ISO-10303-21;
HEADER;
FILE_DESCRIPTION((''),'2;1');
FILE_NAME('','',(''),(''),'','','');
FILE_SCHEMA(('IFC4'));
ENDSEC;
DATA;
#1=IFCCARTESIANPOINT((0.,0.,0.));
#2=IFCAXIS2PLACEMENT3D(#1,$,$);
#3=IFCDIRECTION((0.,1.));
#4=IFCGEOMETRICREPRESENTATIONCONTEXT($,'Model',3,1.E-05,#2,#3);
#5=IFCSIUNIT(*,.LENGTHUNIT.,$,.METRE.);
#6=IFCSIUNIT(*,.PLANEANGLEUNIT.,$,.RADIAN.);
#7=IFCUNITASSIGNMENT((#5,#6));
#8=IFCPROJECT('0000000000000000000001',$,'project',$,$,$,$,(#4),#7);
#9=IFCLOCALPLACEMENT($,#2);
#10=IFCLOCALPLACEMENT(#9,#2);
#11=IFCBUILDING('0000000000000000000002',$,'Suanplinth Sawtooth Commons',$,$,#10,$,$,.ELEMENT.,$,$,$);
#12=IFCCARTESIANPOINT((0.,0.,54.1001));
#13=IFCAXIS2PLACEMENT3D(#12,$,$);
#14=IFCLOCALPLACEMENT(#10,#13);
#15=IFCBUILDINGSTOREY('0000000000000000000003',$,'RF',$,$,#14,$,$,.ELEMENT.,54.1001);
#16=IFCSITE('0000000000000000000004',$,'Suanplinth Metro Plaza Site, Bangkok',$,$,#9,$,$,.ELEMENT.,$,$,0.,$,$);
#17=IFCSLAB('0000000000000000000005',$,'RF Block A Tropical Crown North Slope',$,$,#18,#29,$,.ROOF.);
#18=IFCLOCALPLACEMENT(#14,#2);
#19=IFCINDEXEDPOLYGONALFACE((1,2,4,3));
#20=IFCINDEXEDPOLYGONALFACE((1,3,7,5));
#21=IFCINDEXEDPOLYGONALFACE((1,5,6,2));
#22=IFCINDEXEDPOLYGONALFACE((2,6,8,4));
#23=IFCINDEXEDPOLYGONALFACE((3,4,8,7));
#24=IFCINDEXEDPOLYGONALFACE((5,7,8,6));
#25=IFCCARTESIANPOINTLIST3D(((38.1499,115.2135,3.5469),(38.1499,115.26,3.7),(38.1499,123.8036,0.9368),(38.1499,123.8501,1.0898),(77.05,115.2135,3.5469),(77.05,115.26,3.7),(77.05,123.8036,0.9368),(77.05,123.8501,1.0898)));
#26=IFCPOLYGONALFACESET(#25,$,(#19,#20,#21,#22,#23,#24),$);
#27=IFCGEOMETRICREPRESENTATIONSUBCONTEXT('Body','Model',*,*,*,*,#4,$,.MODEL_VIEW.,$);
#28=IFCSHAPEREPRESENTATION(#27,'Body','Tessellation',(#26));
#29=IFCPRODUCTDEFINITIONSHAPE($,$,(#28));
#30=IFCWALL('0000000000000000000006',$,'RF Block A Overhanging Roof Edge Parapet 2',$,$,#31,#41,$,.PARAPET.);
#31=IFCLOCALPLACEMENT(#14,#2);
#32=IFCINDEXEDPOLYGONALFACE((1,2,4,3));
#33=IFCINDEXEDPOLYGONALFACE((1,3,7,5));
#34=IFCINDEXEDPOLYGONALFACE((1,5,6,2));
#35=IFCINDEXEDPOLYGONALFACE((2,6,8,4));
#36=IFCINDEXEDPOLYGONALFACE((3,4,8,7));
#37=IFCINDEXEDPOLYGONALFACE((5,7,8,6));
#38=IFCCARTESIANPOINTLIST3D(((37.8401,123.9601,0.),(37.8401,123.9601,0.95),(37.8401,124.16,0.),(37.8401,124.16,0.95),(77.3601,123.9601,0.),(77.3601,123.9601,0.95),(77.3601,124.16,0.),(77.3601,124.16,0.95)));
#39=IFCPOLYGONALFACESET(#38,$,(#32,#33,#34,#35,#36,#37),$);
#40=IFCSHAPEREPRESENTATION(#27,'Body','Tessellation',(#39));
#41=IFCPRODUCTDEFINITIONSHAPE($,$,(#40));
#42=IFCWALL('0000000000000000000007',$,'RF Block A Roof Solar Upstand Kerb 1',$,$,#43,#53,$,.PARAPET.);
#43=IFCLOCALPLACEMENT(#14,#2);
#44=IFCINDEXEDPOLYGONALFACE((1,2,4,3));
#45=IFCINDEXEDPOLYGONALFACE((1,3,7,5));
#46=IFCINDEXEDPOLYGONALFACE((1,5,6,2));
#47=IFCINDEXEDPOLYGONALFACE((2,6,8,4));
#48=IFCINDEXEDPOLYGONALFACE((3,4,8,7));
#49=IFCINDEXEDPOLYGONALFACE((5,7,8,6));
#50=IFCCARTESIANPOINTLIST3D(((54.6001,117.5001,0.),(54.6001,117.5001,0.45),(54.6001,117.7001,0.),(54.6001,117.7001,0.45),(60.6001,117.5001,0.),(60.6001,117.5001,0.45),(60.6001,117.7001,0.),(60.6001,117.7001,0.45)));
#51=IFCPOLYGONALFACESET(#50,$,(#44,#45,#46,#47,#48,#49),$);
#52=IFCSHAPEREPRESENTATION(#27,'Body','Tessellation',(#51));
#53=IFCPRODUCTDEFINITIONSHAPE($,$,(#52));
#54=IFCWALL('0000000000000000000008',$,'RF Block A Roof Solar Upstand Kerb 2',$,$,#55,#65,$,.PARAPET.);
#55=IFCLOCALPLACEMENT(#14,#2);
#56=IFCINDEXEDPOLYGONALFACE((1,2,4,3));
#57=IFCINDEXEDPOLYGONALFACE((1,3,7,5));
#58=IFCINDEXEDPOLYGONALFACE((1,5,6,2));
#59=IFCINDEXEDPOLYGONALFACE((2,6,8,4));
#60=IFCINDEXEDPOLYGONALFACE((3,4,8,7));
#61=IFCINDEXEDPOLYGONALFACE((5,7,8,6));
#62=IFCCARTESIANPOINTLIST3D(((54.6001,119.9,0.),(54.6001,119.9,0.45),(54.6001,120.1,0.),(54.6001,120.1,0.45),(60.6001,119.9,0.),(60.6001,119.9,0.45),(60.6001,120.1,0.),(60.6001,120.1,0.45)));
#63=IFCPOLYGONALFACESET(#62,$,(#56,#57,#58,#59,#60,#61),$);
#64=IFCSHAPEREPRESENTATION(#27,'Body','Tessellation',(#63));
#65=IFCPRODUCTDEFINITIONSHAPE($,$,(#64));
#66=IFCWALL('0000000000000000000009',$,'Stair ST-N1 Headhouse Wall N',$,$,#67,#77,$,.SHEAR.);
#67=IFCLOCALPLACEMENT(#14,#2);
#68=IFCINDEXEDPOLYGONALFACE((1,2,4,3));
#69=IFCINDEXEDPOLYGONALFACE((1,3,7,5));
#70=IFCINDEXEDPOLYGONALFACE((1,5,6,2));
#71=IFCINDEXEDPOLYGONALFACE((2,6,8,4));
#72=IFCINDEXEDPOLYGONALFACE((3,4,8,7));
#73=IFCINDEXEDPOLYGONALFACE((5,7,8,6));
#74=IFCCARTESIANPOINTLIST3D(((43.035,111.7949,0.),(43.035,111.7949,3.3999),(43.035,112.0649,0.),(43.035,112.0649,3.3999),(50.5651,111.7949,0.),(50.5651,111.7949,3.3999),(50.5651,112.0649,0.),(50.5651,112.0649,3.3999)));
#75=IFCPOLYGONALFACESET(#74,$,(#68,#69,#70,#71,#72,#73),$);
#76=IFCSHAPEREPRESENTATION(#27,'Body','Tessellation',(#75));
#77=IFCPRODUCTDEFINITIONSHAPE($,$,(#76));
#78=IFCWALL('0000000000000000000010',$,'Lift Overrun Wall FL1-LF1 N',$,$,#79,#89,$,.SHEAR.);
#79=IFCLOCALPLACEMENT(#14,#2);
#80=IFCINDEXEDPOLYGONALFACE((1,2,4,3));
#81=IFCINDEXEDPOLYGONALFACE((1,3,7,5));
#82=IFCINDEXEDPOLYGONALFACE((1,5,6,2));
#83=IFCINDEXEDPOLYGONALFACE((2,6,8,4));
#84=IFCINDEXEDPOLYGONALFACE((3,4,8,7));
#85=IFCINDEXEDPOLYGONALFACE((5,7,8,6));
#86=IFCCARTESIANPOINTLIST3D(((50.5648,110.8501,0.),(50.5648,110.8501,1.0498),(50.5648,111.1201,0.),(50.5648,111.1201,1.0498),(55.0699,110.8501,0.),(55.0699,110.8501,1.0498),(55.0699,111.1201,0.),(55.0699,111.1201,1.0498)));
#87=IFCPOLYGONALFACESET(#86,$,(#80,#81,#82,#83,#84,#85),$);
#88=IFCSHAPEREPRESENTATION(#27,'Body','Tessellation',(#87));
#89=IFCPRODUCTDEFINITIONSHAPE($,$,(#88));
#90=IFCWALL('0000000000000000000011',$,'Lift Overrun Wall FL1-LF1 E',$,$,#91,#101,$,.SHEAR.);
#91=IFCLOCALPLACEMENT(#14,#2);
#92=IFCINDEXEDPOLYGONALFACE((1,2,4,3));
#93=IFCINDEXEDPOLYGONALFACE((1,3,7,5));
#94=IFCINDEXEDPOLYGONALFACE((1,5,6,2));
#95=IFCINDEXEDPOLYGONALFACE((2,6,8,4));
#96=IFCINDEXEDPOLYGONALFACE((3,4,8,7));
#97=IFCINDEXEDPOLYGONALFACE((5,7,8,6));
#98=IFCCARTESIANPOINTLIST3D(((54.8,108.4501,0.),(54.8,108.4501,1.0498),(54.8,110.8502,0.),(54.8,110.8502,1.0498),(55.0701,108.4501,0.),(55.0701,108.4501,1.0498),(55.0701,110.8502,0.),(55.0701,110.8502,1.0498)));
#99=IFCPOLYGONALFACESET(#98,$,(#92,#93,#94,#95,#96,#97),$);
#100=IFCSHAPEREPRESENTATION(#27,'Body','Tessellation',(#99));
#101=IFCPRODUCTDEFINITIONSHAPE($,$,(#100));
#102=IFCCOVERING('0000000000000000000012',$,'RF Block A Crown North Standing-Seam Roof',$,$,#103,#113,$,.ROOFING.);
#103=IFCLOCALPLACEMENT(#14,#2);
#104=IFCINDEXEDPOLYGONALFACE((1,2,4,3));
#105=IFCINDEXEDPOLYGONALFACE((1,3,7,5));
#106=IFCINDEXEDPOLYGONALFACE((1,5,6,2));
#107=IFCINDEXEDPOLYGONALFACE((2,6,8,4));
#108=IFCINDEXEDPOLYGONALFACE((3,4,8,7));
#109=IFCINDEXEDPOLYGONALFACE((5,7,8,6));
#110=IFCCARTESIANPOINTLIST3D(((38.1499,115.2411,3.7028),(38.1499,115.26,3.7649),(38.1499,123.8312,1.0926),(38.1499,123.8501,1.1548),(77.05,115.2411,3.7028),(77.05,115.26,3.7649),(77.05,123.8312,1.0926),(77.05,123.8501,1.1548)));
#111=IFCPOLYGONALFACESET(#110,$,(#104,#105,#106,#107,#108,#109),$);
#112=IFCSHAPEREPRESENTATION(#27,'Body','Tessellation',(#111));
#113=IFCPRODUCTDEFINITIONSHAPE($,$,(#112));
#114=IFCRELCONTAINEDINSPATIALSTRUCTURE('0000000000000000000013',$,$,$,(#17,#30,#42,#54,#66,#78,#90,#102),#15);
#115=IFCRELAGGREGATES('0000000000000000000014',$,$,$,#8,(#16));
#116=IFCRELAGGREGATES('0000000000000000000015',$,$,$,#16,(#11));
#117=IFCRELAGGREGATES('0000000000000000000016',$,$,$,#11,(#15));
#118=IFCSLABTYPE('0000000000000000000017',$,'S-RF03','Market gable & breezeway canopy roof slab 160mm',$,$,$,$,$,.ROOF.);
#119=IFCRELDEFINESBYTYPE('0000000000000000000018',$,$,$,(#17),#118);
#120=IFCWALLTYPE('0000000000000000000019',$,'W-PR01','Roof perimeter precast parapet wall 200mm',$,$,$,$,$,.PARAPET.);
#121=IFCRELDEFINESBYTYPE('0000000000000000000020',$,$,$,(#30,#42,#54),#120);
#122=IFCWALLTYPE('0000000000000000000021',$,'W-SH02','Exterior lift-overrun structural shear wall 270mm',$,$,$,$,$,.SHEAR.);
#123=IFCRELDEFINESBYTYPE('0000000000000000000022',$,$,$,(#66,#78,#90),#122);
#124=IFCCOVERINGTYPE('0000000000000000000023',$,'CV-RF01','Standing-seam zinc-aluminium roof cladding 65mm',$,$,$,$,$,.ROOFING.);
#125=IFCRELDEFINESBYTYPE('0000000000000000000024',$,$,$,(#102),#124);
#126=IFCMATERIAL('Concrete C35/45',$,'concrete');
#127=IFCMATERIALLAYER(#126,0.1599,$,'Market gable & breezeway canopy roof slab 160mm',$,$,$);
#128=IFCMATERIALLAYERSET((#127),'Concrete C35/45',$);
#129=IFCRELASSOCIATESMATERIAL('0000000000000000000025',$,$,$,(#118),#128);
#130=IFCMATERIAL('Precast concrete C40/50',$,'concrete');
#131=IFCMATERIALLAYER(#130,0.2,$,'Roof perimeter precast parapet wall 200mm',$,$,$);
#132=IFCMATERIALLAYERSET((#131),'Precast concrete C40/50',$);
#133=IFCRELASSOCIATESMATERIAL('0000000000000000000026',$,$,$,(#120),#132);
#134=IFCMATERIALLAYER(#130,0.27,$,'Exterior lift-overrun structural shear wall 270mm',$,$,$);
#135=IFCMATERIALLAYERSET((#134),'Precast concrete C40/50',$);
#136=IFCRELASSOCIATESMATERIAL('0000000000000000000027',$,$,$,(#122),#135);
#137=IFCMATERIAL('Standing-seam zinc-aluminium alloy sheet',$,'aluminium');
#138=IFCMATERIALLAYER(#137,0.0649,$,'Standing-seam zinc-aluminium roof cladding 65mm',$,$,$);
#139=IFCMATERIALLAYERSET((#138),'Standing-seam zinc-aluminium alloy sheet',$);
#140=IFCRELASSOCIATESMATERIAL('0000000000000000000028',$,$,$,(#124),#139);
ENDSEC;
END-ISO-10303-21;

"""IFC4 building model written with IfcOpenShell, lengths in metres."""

from ifc_helpers import new_model, si_unit, direction, frame, frame_2d, origin, place, context, subcontext, project, spatial, polyline, rectangle, outline, extrude, material, layer, layer_set, type_object, element, save


model = new_model("IFC4")

# Units and contexts
model_context = context("Model", 3, precision=1e-05, world=origin(), true_north=direction((0.0, 1.0)))
body_context = subcontext(model_context, "Body", "Model", "MODEL_VIEW")
ifc_project = project(units=[si_unit("LENGTHUNIT", "METRE"), si_unit("PLANEANGLEUNIT", "RADIAN")], contexts=[model_context])

# Site, building, storey
site_placement = place(None, origin())
site = spatial("IfcSite", under=ifc_project, at=site_placement, Name="Suanplinth Metro Plaza Site, Bangkok", CompositionType="ELEMENT", RefElevation=0.0)
building_placement = place(site_placement, origin())
building = spatial("IfcBuilding", under=site, at=building_placement, Name="Suanplinth Sawtooth Commons", CompositionType="ELEMENT")
storey_placement = place(building_placement, frame((0.0, 0.0, 54.1001)))
storey = spatial("IfcBuildingStorey", under=building, at=storey_placement, Name="RF", CompositionType="ELEMENT", Elevation=54.1001)

# Shared definitions
ifc_material_1 = material(Name="Precast concrete C40/50", Category="concrete")

# Slab
ifc_material_2 = material(Name="Concrete C35/45", Category="concrete")
ifc_layer_1 = layer(ifc_material_2, 0.1599, Name="Market gable & breezeway canopy roof slab 160mm")
ifc_layer_set_1 = layer_set([ifc_layer_1], Name="Concrete C35/45")
slab_type = type_object("IfcSlabType", Name="S-RF03", Description="Market gable & breezeway canopy roof slab 160mm", PredefinedType="ROOF", material=ifc_layer_set_1)
slab_placement = place(storey_placement, frame((38.1499, 123.8501, 1.0898), z_axis=(0.0, 0.290727, 0.956806), x_axis=(1.0, 0.0, 0.0)))
element("IfcSlab", 1, at=slab_placement, inside=storey, type_object=slab_type, Name="RF Block A Tropical Crown North Slope", PredefinedType="ROOF", context=body_context, shape_type="SweptSolid", body=[
    extrude(outline(polyline([(0.0, 0.0), (38.9001, 0.0), (38.9001, -8.9779), (0.0, -8.9779), (0.0, 0.0)])), origin(), (0.0, 0.0, -1.0), 0.1599),
])

# Walls
ifc_layer_2 = layer(ifc_material_1, 0.2, Name="Roof perimeter precast parapet wall 200mm")
ifc_layer_set_2 = layer_set([ifc_layer_2], Name="Precast concrete C40/50")
wall_type_1 = type_object("IfcWallType", Name="W-PR01", Description="Roof perimeter precast parapet wall 200mm", PredefinedType="PARAPET", material=ifc_layer_set_2)
wall_1_placement = place(storey_placement, frame((37.8401, 124.0601, 0.0), z_axis=(0.0, 0.0, 1.0), x_axis=(1.0, 0.0, 0.0)))
element("IfcWall", 2, at=wall_1_placement, inside=storey, type_object=wall_type_1, Name="RF Block A Overhanging Roof Edge Parapet 2", PredefinedType="PARAPET", context=body_context, shape_type="SweptSolid", body=[
    extrude(rectangle(XDim=39.52, YDim=0.2, at=frame_2d((19.76, 0.0))), origin(), (0.0, 0.0, 1.0), 0.95),
])
for number, where, z_axis, x_axis, name in (
    (3, (54.6001, 117.6001, 0.0), (0.0, 0.0, 1.0), (1.0, 0.0, 0.0), "RF Block A Roof Solar Upstand Kerb 1"),
    (4, (54.6001, 120.0, 0.0), (0.0, 0.0, 1.0), (1.0, 0.0, 0.0), "RF Block A Roof Solar Upstand Kerb 2"),
):
    element("IfcWall", number, at=place(storey_placement, frame(where, z_axis=z_axis, x_axis=x_axis)), inside=storey, type_object=wall_type_1, Name=name, PredefinedType="PARAPET", context=body_context, shape_type="SweptSolid", body=[
        extrude(rectangle(XDim=6.0, YDim=0.2, at=frame_2d((3.0, 0.0))), origin(), (0.0, 0.0, 1.0), 0.45),
    ])
ifc_layer_3 = layer(ifc_material_1, 0.27, Name="Exterior lift-overrun structural shear wall 270mm")
ifc_layer_set_3 = layer_set([ifc_layer_3], Name="Precast concrete C40/50")
wall_type_2 = type_object("IfcWallType", Name="W-SH02", Description="Exterior lift-overrun structural shear wall 270mm", PredefinedType="SHEAR", material=ifc_layer_set_3)
wall_2_placement = place(storey_placement, frame((43.0349, 111.9299, 0.0), z_axis=(0.0, 0.0, 1.0), x_axis=(1.0, 0.0, 0.0)))
element("IfcWall", 5, at=wall_2_placement, inside=storey, type_object=wall_type_2, Name="Stair ST-N1 Headhouse Wall N", PredefinedType="SHEAR", context=body_context, shape_type="SweptSolid", body=[
    extrude(rectangle(XDim=7.53, YDim=0.27, at=frame_2d((3.7651, 0.0))), origin(), (0.0, 0.0, 1.0), 3.3999),
])
wall_3_placement = place(storey_placement, frame((50.5649, 110.9851, 0.0), z_axis=(0.0, 0.0, 1.0), x_axis=(1.0, 0.0, 0.0)))
element("IfcWall", 6, at=wall_3_placement, inside=storey, type_object=wall_type_2, Name="Lift Overrun Wall FL1-LF1 N", PredefinedType="SHEAR", context=body_context, shape_type="SweptSolid", body=[
    extrude(rectangle(XDim=4.5051, YDim=0.27, at=frame_2d((2.2524, 0.0))), origin(), (0.0, 0.0, 1.0), 1.0498),
])
wall_4_placement = place(storey_placement, frame((54.9351, 108.45, 0.0), z_axis=(0.0, 0.0, 1.0), x_axis=(0.0, 1.0, 0.0)))
element("IfcWall", 7, at=wall_4_placement, inside=storey, type_object=wall_type_2, Name="Lift Overrun Wall FL1-LF1 E", PredefinedType="SHEAR", context=body_context, shape_type="SweptSolid", body=[
    extrude(rectangle(XDim=2.4001, YDim=0.27, at=frame_2d((1.2002, 0.0))), origin(), (0.0, 0.0, 1.0), 1.0498),
])

# Covering
ifc_material_3 = material(Name="Standing-seam zinc-aluminium alloy sheet", Category="aluminium")
ifc_layer_4 = layer(ifc_material_3, 0.0649, Name="Standing-seam zinc-aluminium roof cladding 65mm")
ifc_layer_set_4 = layer_set([ifc_layer_4], Name="Standing-seam zinc-aluminium alloy sheet")
covering_type = type_object("IfcCoveringType", Name="CV-RF01", Description="Standing-seam zinc-aluminium roof cladding 65mm", PredefinedType="ROOFING", material=ifc_layer_set_4)
covering_placement = place(storey_placement, frame((38.1499, 123.8501, 1.1548), z_axis=(0.0, 0.290727, 0.956806), x_axis=(1.0, 0.0, 0.0)))
element("IfcCovering", 8, at=covering_placement, inside=storey, type_object=covering_type, Name="RF Block A Crown North Standing-Seam Roof", PredefinedType="ROOFING", context=body_context, shape_type="SweptSolid", body=[
    extrude(outline(polyline([(0.0, 0.0), (38.9001, 0.0), (38.9001, -8.9779), (0.0, -8.9779), (0.0, 0.0)])), origin(), (0.0, 0.0, -1.0), 0.0649),
])

save(model, "model.ifc")
